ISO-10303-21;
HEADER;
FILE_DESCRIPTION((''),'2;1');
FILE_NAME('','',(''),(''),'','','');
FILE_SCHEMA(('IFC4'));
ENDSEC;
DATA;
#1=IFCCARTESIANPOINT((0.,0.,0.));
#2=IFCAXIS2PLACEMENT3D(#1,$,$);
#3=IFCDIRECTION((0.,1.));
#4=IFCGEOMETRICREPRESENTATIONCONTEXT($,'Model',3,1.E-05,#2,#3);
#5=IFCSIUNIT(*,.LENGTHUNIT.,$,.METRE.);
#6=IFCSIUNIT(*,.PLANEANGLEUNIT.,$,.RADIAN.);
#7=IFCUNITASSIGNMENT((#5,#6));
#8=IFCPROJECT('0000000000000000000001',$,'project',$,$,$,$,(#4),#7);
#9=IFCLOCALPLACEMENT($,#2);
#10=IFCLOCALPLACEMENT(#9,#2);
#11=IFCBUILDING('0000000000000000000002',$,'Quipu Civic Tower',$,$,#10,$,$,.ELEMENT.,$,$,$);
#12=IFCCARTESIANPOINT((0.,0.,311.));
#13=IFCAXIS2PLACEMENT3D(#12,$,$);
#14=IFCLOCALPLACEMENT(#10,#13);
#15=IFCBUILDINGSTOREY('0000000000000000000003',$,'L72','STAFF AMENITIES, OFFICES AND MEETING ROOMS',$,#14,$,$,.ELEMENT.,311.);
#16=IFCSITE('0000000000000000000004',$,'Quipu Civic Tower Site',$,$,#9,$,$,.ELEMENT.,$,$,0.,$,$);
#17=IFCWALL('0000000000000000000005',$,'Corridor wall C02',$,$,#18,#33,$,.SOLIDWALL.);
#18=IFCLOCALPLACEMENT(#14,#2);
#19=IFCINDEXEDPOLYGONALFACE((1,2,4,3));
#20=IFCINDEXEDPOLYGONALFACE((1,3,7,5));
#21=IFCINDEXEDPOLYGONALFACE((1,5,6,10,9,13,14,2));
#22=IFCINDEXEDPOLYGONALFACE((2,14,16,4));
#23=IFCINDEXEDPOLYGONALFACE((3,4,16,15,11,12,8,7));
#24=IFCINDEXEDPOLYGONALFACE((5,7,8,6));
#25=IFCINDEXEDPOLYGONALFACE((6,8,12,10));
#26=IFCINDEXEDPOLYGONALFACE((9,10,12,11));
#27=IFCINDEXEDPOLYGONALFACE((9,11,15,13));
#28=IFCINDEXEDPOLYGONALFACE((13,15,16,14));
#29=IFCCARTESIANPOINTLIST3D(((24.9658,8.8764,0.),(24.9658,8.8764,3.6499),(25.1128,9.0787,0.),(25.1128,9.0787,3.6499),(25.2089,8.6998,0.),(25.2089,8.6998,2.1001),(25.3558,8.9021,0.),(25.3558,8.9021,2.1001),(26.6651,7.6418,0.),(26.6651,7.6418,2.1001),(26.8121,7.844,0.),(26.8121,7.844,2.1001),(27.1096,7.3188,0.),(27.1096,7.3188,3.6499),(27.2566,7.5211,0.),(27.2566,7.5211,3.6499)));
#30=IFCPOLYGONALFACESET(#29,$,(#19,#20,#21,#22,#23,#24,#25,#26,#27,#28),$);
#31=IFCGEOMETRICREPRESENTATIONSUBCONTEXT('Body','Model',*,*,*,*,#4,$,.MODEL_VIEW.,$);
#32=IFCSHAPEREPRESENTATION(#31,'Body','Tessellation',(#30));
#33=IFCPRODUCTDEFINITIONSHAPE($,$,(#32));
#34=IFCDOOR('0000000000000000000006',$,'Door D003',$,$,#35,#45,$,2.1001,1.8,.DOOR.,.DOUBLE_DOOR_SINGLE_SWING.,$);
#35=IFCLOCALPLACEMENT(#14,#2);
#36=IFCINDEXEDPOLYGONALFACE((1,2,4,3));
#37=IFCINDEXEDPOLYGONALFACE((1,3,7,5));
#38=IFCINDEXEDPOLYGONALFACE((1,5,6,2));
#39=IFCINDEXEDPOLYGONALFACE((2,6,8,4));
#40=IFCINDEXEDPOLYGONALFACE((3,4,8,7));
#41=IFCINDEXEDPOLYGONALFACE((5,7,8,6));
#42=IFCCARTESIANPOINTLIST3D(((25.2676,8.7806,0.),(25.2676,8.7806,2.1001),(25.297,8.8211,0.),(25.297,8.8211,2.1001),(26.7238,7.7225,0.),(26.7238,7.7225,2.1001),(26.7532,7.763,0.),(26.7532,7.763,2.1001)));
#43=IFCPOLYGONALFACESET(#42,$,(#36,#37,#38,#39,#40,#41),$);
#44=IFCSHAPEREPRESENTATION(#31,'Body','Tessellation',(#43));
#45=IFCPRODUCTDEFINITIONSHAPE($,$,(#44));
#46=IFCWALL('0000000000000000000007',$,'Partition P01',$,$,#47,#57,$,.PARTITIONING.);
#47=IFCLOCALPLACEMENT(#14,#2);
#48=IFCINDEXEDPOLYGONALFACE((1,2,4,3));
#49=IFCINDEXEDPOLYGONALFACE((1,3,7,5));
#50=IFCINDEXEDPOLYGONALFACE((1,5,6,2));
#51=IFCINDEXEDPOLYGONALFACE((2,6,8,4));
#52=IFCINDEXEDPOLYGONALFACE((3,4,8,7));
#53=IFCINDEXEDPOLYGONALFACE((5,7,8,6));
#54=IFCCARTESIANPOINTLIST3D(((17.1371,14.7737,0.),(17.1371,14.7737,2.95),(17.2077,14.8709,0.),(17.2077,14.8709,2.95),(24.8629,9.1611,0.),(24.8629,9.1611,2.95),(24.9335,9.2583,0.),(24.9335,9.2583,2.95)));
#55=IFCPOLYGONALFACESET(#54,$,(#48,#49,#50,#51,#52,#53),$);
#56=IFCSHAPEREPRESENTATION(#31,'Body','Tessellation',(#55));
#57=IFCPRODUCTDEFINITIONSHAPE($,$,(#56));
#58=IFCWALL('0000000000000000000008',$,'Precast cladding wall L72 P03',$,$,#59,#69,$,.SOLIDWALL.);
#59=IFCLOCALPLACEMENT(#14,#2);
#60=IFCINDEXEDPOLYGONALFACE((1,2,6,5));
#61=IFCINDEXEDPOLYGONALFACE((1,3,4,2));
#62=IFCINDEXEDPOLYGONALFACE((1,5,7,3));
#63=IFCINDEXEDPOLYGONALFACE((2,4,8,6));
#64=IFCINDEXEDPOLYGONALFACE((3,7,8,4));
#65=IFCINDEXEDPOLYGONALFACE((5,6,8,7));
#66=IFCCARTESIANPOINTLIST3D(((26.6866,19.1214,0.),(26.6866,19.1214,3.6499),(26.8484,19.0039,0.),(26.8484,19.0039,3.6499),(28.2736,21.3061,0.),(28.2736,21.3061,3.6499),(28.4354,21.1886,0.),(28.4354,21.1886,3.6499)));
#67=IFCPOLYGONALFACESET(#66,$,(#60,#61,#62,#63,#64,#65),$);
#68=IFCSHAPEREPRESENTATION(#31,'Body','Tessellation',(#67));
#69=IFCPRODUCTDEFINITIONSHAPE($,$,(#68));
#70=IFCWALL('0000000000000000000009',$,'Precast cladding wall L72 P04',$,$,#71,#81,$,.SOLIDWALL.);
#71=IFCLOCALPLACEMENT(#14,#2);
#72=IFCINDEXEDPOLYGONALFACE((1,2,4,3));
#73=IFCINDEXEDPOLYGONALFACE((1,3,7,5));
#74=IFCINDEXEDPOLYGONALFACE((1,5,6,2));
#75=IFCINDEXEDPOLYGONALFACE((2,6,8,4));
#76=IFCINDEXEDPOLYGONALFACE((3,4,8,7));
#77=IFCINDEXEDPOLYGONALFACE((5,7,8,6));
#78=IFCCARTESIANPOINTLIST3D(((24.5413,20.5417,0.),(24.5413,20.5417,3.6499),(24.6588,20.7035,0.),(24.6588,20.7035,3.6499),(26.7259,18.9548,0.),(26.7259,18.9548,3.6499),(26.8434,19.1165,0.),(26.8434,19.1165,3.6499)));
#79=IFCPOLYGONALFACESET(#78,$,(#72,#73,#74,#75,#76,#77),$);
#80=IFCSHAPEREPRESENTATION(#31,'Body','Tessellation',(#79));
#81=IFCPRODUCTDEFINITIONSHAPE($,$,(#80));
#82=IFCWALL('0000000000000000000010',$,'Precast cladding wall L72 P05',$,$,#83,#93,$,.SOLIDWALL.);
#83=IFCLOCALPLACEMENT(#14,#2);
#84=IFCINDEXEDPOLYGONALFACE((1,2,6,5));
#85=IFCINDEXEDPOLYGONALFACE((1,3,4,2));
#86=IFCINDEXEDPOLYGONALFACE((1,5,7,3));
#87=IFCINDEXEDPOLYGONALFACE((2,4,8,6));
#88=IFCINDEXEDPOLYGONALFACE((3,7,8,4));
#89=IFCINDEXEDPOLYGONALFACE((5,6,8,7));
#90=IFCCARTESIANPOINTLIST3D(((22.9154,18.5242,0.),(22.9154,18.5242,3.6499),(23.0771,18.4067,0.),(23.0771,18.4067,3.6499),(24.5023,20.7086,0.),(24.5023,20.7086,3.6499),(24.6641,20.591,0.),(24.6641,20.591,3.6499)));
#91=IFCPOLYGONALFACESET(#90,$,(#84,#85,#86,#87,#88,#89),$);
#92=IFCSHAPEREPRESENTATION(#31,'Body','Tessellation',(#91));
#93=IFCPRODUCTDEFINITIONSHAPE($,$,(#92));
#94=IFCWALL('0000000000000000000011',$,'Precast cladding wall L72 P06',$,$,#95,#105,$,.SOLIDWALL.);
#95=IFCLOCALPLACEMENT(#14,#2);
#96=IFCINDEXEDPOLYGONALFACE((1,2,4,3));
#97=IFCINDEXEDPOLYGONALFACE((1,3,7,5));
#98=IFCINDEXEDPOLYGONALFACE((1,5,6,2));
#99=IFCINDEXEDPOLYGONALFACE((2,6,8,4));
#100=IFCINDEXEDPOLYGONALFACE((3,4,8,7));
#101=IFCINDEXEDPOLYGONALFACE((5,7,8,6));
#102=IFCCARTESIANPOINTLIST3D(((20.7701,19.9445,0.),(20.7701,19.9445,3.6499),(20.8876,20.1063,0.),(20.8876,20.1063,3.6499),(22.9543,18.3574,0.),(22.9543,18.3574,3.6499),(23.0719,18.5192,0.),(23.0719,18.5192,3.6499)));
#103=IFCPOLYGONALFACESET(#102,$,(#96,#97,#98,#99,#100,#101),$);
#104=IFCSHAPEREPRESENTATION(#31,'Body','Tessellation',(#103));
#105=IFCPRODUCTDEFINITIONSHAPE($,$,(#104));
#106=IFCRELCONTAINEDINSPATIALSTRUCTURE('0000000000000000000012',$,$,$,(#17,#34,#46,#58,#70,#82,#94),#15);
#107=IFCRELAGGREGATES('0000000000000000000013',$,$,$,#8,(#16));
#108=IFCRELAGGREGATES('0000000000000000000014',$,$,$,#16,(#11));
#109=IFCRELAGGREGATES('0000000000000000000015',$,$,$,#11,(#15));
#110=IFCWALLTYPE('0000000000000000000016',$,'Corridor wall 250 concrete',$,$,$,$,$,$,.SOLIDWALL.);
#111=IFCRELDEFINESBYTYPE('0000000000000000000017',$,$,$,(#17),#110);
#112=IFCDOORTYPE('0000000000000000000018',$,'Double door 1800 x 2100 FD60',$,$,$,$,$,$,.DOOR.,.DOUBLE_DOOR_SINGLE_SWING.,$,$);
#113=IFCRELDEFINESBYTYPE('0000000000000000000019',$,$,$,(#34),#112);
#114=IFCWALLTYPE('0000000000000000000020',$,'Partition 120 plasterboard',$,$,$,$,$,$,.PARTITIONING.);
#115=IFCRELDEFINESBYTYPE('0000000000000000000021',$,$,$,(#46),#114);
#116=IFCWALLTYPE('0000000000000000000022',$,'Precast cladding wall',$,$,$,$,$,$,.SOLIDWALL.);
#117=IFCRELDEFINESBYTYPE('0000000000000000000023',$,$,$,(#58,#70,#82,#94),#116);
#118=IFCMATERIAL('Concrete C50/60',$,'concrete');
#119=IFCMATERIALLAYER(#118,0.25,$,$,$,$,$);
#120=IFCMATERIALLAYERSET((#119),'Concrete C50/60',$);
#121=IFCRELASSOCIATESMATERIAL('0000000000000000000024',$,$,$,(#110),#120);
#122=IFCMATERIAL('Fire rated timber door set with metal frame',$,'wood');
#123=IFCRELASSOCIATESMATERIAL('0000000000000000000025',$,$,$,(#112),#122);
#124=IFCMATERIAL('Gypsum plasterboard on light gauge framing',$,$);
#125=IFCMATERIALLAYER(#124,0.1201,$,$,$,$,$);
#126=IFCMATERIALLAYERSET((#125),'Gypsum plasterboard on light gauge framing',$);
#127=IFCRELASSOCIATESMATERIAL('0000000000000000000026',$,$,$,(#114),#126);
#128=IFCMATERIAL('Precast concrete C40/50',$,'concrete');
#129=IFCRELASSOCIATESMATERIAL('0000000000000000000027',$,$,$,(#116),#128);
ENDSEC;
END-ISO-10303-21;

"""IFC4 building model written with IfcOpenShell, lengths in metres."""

from ifc_helpers import new_model, si_unit, direction, frame, frame_2d, origin, place, context, subcontext, project, spatial, rectangle, extrude, material, layer, layer_set, type_object, element, fill, save


model = new_model("IFC4")

# Units and contexts
model_context = context("Model", 3, precision=1e-05, world=origin(), true_north=direction((0.0, 1.0)))
body_context = subcontext(model_context, "Body", "Model", "MODEL_VIEW")
ifc_project = project(units=[si_unit("LENGTHUNIT", "METRE"), si_unit("PLANEANGLEUNIT", "RADIAN")], contexts=[model_context])

# Site, building, storey
site_placement = place(None, origin())
site = spatial("IfcSite", under=ifc_project, at=site_placement, Name="Quipu Civic Tower Site", CompositionType="ELEMENT", RefElevation=0.0)
building_placement = place(site_placement, origin())
building = spatial("IfcBuilding", under=site, at=building_placement, Name="Quipu Civic Tower", CompositionType="ELEMENT")
storey_placement = place(building_placement, frame((0.0, 0.0, 311.0)))
storey = spatial("IfcBuildingStorey", under=building, at=storey_placement, Name="L72", Description="STAFF AMENITIES, OFFICES AND MEETING ROOMS", CompositionType="ELEMENT", Elevation=311.0)

# Wall, opening, door
ifc_material_1 = material(Name="Concrete C50/60", Category="concrete")
ifc_layer_1 = layer(ifc_material_1, 0.25)
ifc_layer_set_1 = layer_set([ifc_layer_1], Name="Concrete C50/60")
wall_type_1 = type_object("IfcWallType", Name="Corridor wall 250 concrete", PredefinedType="SOLIDWALL", material=ifc_layer_set_1)
wall_1_placement = place(storey_placement, frame((25.0393, 8.9775, 0.0), z_axis=(0.0, 0.0, 1.0), x_axis=(0.809007, -0.587799, 0.0)))
wall_1 = element("IfcWall", 1, at=wall_1_placement, inside=storey, type_object=wall_type_1, Name="Corridor wall C02", PredefinedType="SOLIDWALL", context=body_context, shape_type="SweptSolid", body=[
    extrude(rectangle(XDim=2.6499, YDim=0.25, at=frame_2d((1.325, 0.0))), origin(), (0.0, 0.0, 1.0), 3.6499),
])
opening_placement = place(wall_1_placement, frame((0.3005, 0.0, 0.0)))
opening = element("IfcOpeningElement", 2, at=opening_placement, cuts=wall_1, PredefinedType="OPENING", context=body_context, shape_type="SweptSolid", body=[
    extrude(rectangle(XDim=1.8, YDim=2.1001, at=frame_2d((0.8999, 1.05))), frame((0.0, 0.135, 0.0), z_axis=(0.0, -1.0, 0.0), x_axis=(1.0, 0.0, 0.0)), (0.0, 0.0, 1.0), 0.27),
])
ifc_material_2 = material(Name="Fire rated timber door set with metal frame", Category="wood")
door_type = type_object("IfcDoorType", Name="Double door 1800 x 2100 FD60", OperationType="DOUBLE_DOOR_SINGLE_SWING", PredefinedType="DOOR", material=ifc_material_2)
door_placement = place(opening_placement, origin())
door = element("IfcDoor", 3, at=door_placement, inside=storey, type_object=door_type, Name="Door D003", OperationType="DOUBLE_DOOR_SINGLE_SWING", OverallHeight=2.1001, OverallWidth=1.8, PredefinedType="DOOR", context=body_context, shape_type="SweptSolid", body=[
    extrude(rectangle(XDim=1.8, YDim=2.1001, at=frame_2d((0.8999, 1.05))), frame((0.0, 0.0249, 0.0), z_axis=(0.0, -1.0, 0.0), x_axis=(1.0, 0.0, 0.0)), (0.0, 0.0, 1.0), 0.05),
])
fill(opening, door)

# Walls
ifc_material_3 = material(Name="Gypsum plasterboard on light gauge framing")
ifc_layer_2 = layer(ifc_material_3, 0.1201)
ifc_layer_set_2 = layer_set([ifc_layer_2], Name="Gypsum plasterboard on light gauge framing")
wall_type_2 = type_object("IfcWallType", Name="Partition 120 plasterboard", PredefinedType="PARTITIONING", material=ifc_layer_set_2)
wall_2_placement = place(storey_placement, frame((24.8982, 9.2097, 0.0), z_axis=(0.0, 0.0, 1.0), x_axis=(-0.809047, 0.587744, 0.0)))
element("IfcWall", 4, at=wall_2_placement, inside=storey, type_object=wall_type_2, Name="Partition P01", PredefinedType="PARTITIONING", context=body_context, shape_type="SweptSolid", body=[
    extrude(rectangle(XDim=9.5493, YDim=0.1201, at=frame_2d((4.7747, 0.0))), origin(), (0.0, 0.0, 1.0), 2.95),
])
ifc_material_4 = material(Name="Precast concrete C40/50", Category="concrete")
wall_type_3 = type_object("IfcWallType", Name="Precast cladding wall", PredefinedType="SOLIDWALL", material=ifc_material_4)
for number, where, z_axis, x_axis, name in (
    (5, (28.3545, 21.2473, 0.0), (0.0, 0.0, 1.0), (-0.58772, -0.809064, 0.0), "Precast cladding wall L72 P03"),
    (6, (26.7847, 19.0356, 0.0), (0.0, 0.0, 1.0), (-0.809064, 0.58772, 0.0), "Precast cladding wall L72 P04"),
):
    element("IfcWall", number, at=place(storey_placement, frame(where, z_axis=z_axis, x_axis=x_axis)), inside=storey, type_object=wall_type_3, Name=name, PredefinedType="SOLIDWALL", context=body_context, shape_type="SweptSolid", body=[
        extrude(rectangle(XDim=2.7002, YDim=0.2, at=frame_2d((1.3501, 0.0))), origin(), (0.0, 0.0, 1.0), 3.6499),
    ])
for number, where, z_axis, x_axis, name in (
    (7, (24.5833, 20.6499, 0.0), (0.0, 0.0, 1.0), (-0.587763, -0.809033, 0.0), "Precast cladding wall L72 P05"),
    (8, (23.0132, 18.4382, 0.0), (0.0, 0.0, 1.0), (-0.80899, 0.587822, 0.0), "Precast cladding wall L72 P06"),
):
    element("IfcWall", number, at=place(storey_placement, frame(where, z_axis=z_axis, x_axis=x_axis)), inside=storey, type_object=wall_type_3, Name=name, PredefinedType="SOLIDWALL", context=body_context, shape_type="SweptSolid", body=[
        extrude(rectangle(XDim=2.7, YDim=0.2, at=frame_2d((1.3501, 0.0))), origin(), (0.0, 0.0, 1.0), 3.6499),
    ])

save(model, "model.ifc")
